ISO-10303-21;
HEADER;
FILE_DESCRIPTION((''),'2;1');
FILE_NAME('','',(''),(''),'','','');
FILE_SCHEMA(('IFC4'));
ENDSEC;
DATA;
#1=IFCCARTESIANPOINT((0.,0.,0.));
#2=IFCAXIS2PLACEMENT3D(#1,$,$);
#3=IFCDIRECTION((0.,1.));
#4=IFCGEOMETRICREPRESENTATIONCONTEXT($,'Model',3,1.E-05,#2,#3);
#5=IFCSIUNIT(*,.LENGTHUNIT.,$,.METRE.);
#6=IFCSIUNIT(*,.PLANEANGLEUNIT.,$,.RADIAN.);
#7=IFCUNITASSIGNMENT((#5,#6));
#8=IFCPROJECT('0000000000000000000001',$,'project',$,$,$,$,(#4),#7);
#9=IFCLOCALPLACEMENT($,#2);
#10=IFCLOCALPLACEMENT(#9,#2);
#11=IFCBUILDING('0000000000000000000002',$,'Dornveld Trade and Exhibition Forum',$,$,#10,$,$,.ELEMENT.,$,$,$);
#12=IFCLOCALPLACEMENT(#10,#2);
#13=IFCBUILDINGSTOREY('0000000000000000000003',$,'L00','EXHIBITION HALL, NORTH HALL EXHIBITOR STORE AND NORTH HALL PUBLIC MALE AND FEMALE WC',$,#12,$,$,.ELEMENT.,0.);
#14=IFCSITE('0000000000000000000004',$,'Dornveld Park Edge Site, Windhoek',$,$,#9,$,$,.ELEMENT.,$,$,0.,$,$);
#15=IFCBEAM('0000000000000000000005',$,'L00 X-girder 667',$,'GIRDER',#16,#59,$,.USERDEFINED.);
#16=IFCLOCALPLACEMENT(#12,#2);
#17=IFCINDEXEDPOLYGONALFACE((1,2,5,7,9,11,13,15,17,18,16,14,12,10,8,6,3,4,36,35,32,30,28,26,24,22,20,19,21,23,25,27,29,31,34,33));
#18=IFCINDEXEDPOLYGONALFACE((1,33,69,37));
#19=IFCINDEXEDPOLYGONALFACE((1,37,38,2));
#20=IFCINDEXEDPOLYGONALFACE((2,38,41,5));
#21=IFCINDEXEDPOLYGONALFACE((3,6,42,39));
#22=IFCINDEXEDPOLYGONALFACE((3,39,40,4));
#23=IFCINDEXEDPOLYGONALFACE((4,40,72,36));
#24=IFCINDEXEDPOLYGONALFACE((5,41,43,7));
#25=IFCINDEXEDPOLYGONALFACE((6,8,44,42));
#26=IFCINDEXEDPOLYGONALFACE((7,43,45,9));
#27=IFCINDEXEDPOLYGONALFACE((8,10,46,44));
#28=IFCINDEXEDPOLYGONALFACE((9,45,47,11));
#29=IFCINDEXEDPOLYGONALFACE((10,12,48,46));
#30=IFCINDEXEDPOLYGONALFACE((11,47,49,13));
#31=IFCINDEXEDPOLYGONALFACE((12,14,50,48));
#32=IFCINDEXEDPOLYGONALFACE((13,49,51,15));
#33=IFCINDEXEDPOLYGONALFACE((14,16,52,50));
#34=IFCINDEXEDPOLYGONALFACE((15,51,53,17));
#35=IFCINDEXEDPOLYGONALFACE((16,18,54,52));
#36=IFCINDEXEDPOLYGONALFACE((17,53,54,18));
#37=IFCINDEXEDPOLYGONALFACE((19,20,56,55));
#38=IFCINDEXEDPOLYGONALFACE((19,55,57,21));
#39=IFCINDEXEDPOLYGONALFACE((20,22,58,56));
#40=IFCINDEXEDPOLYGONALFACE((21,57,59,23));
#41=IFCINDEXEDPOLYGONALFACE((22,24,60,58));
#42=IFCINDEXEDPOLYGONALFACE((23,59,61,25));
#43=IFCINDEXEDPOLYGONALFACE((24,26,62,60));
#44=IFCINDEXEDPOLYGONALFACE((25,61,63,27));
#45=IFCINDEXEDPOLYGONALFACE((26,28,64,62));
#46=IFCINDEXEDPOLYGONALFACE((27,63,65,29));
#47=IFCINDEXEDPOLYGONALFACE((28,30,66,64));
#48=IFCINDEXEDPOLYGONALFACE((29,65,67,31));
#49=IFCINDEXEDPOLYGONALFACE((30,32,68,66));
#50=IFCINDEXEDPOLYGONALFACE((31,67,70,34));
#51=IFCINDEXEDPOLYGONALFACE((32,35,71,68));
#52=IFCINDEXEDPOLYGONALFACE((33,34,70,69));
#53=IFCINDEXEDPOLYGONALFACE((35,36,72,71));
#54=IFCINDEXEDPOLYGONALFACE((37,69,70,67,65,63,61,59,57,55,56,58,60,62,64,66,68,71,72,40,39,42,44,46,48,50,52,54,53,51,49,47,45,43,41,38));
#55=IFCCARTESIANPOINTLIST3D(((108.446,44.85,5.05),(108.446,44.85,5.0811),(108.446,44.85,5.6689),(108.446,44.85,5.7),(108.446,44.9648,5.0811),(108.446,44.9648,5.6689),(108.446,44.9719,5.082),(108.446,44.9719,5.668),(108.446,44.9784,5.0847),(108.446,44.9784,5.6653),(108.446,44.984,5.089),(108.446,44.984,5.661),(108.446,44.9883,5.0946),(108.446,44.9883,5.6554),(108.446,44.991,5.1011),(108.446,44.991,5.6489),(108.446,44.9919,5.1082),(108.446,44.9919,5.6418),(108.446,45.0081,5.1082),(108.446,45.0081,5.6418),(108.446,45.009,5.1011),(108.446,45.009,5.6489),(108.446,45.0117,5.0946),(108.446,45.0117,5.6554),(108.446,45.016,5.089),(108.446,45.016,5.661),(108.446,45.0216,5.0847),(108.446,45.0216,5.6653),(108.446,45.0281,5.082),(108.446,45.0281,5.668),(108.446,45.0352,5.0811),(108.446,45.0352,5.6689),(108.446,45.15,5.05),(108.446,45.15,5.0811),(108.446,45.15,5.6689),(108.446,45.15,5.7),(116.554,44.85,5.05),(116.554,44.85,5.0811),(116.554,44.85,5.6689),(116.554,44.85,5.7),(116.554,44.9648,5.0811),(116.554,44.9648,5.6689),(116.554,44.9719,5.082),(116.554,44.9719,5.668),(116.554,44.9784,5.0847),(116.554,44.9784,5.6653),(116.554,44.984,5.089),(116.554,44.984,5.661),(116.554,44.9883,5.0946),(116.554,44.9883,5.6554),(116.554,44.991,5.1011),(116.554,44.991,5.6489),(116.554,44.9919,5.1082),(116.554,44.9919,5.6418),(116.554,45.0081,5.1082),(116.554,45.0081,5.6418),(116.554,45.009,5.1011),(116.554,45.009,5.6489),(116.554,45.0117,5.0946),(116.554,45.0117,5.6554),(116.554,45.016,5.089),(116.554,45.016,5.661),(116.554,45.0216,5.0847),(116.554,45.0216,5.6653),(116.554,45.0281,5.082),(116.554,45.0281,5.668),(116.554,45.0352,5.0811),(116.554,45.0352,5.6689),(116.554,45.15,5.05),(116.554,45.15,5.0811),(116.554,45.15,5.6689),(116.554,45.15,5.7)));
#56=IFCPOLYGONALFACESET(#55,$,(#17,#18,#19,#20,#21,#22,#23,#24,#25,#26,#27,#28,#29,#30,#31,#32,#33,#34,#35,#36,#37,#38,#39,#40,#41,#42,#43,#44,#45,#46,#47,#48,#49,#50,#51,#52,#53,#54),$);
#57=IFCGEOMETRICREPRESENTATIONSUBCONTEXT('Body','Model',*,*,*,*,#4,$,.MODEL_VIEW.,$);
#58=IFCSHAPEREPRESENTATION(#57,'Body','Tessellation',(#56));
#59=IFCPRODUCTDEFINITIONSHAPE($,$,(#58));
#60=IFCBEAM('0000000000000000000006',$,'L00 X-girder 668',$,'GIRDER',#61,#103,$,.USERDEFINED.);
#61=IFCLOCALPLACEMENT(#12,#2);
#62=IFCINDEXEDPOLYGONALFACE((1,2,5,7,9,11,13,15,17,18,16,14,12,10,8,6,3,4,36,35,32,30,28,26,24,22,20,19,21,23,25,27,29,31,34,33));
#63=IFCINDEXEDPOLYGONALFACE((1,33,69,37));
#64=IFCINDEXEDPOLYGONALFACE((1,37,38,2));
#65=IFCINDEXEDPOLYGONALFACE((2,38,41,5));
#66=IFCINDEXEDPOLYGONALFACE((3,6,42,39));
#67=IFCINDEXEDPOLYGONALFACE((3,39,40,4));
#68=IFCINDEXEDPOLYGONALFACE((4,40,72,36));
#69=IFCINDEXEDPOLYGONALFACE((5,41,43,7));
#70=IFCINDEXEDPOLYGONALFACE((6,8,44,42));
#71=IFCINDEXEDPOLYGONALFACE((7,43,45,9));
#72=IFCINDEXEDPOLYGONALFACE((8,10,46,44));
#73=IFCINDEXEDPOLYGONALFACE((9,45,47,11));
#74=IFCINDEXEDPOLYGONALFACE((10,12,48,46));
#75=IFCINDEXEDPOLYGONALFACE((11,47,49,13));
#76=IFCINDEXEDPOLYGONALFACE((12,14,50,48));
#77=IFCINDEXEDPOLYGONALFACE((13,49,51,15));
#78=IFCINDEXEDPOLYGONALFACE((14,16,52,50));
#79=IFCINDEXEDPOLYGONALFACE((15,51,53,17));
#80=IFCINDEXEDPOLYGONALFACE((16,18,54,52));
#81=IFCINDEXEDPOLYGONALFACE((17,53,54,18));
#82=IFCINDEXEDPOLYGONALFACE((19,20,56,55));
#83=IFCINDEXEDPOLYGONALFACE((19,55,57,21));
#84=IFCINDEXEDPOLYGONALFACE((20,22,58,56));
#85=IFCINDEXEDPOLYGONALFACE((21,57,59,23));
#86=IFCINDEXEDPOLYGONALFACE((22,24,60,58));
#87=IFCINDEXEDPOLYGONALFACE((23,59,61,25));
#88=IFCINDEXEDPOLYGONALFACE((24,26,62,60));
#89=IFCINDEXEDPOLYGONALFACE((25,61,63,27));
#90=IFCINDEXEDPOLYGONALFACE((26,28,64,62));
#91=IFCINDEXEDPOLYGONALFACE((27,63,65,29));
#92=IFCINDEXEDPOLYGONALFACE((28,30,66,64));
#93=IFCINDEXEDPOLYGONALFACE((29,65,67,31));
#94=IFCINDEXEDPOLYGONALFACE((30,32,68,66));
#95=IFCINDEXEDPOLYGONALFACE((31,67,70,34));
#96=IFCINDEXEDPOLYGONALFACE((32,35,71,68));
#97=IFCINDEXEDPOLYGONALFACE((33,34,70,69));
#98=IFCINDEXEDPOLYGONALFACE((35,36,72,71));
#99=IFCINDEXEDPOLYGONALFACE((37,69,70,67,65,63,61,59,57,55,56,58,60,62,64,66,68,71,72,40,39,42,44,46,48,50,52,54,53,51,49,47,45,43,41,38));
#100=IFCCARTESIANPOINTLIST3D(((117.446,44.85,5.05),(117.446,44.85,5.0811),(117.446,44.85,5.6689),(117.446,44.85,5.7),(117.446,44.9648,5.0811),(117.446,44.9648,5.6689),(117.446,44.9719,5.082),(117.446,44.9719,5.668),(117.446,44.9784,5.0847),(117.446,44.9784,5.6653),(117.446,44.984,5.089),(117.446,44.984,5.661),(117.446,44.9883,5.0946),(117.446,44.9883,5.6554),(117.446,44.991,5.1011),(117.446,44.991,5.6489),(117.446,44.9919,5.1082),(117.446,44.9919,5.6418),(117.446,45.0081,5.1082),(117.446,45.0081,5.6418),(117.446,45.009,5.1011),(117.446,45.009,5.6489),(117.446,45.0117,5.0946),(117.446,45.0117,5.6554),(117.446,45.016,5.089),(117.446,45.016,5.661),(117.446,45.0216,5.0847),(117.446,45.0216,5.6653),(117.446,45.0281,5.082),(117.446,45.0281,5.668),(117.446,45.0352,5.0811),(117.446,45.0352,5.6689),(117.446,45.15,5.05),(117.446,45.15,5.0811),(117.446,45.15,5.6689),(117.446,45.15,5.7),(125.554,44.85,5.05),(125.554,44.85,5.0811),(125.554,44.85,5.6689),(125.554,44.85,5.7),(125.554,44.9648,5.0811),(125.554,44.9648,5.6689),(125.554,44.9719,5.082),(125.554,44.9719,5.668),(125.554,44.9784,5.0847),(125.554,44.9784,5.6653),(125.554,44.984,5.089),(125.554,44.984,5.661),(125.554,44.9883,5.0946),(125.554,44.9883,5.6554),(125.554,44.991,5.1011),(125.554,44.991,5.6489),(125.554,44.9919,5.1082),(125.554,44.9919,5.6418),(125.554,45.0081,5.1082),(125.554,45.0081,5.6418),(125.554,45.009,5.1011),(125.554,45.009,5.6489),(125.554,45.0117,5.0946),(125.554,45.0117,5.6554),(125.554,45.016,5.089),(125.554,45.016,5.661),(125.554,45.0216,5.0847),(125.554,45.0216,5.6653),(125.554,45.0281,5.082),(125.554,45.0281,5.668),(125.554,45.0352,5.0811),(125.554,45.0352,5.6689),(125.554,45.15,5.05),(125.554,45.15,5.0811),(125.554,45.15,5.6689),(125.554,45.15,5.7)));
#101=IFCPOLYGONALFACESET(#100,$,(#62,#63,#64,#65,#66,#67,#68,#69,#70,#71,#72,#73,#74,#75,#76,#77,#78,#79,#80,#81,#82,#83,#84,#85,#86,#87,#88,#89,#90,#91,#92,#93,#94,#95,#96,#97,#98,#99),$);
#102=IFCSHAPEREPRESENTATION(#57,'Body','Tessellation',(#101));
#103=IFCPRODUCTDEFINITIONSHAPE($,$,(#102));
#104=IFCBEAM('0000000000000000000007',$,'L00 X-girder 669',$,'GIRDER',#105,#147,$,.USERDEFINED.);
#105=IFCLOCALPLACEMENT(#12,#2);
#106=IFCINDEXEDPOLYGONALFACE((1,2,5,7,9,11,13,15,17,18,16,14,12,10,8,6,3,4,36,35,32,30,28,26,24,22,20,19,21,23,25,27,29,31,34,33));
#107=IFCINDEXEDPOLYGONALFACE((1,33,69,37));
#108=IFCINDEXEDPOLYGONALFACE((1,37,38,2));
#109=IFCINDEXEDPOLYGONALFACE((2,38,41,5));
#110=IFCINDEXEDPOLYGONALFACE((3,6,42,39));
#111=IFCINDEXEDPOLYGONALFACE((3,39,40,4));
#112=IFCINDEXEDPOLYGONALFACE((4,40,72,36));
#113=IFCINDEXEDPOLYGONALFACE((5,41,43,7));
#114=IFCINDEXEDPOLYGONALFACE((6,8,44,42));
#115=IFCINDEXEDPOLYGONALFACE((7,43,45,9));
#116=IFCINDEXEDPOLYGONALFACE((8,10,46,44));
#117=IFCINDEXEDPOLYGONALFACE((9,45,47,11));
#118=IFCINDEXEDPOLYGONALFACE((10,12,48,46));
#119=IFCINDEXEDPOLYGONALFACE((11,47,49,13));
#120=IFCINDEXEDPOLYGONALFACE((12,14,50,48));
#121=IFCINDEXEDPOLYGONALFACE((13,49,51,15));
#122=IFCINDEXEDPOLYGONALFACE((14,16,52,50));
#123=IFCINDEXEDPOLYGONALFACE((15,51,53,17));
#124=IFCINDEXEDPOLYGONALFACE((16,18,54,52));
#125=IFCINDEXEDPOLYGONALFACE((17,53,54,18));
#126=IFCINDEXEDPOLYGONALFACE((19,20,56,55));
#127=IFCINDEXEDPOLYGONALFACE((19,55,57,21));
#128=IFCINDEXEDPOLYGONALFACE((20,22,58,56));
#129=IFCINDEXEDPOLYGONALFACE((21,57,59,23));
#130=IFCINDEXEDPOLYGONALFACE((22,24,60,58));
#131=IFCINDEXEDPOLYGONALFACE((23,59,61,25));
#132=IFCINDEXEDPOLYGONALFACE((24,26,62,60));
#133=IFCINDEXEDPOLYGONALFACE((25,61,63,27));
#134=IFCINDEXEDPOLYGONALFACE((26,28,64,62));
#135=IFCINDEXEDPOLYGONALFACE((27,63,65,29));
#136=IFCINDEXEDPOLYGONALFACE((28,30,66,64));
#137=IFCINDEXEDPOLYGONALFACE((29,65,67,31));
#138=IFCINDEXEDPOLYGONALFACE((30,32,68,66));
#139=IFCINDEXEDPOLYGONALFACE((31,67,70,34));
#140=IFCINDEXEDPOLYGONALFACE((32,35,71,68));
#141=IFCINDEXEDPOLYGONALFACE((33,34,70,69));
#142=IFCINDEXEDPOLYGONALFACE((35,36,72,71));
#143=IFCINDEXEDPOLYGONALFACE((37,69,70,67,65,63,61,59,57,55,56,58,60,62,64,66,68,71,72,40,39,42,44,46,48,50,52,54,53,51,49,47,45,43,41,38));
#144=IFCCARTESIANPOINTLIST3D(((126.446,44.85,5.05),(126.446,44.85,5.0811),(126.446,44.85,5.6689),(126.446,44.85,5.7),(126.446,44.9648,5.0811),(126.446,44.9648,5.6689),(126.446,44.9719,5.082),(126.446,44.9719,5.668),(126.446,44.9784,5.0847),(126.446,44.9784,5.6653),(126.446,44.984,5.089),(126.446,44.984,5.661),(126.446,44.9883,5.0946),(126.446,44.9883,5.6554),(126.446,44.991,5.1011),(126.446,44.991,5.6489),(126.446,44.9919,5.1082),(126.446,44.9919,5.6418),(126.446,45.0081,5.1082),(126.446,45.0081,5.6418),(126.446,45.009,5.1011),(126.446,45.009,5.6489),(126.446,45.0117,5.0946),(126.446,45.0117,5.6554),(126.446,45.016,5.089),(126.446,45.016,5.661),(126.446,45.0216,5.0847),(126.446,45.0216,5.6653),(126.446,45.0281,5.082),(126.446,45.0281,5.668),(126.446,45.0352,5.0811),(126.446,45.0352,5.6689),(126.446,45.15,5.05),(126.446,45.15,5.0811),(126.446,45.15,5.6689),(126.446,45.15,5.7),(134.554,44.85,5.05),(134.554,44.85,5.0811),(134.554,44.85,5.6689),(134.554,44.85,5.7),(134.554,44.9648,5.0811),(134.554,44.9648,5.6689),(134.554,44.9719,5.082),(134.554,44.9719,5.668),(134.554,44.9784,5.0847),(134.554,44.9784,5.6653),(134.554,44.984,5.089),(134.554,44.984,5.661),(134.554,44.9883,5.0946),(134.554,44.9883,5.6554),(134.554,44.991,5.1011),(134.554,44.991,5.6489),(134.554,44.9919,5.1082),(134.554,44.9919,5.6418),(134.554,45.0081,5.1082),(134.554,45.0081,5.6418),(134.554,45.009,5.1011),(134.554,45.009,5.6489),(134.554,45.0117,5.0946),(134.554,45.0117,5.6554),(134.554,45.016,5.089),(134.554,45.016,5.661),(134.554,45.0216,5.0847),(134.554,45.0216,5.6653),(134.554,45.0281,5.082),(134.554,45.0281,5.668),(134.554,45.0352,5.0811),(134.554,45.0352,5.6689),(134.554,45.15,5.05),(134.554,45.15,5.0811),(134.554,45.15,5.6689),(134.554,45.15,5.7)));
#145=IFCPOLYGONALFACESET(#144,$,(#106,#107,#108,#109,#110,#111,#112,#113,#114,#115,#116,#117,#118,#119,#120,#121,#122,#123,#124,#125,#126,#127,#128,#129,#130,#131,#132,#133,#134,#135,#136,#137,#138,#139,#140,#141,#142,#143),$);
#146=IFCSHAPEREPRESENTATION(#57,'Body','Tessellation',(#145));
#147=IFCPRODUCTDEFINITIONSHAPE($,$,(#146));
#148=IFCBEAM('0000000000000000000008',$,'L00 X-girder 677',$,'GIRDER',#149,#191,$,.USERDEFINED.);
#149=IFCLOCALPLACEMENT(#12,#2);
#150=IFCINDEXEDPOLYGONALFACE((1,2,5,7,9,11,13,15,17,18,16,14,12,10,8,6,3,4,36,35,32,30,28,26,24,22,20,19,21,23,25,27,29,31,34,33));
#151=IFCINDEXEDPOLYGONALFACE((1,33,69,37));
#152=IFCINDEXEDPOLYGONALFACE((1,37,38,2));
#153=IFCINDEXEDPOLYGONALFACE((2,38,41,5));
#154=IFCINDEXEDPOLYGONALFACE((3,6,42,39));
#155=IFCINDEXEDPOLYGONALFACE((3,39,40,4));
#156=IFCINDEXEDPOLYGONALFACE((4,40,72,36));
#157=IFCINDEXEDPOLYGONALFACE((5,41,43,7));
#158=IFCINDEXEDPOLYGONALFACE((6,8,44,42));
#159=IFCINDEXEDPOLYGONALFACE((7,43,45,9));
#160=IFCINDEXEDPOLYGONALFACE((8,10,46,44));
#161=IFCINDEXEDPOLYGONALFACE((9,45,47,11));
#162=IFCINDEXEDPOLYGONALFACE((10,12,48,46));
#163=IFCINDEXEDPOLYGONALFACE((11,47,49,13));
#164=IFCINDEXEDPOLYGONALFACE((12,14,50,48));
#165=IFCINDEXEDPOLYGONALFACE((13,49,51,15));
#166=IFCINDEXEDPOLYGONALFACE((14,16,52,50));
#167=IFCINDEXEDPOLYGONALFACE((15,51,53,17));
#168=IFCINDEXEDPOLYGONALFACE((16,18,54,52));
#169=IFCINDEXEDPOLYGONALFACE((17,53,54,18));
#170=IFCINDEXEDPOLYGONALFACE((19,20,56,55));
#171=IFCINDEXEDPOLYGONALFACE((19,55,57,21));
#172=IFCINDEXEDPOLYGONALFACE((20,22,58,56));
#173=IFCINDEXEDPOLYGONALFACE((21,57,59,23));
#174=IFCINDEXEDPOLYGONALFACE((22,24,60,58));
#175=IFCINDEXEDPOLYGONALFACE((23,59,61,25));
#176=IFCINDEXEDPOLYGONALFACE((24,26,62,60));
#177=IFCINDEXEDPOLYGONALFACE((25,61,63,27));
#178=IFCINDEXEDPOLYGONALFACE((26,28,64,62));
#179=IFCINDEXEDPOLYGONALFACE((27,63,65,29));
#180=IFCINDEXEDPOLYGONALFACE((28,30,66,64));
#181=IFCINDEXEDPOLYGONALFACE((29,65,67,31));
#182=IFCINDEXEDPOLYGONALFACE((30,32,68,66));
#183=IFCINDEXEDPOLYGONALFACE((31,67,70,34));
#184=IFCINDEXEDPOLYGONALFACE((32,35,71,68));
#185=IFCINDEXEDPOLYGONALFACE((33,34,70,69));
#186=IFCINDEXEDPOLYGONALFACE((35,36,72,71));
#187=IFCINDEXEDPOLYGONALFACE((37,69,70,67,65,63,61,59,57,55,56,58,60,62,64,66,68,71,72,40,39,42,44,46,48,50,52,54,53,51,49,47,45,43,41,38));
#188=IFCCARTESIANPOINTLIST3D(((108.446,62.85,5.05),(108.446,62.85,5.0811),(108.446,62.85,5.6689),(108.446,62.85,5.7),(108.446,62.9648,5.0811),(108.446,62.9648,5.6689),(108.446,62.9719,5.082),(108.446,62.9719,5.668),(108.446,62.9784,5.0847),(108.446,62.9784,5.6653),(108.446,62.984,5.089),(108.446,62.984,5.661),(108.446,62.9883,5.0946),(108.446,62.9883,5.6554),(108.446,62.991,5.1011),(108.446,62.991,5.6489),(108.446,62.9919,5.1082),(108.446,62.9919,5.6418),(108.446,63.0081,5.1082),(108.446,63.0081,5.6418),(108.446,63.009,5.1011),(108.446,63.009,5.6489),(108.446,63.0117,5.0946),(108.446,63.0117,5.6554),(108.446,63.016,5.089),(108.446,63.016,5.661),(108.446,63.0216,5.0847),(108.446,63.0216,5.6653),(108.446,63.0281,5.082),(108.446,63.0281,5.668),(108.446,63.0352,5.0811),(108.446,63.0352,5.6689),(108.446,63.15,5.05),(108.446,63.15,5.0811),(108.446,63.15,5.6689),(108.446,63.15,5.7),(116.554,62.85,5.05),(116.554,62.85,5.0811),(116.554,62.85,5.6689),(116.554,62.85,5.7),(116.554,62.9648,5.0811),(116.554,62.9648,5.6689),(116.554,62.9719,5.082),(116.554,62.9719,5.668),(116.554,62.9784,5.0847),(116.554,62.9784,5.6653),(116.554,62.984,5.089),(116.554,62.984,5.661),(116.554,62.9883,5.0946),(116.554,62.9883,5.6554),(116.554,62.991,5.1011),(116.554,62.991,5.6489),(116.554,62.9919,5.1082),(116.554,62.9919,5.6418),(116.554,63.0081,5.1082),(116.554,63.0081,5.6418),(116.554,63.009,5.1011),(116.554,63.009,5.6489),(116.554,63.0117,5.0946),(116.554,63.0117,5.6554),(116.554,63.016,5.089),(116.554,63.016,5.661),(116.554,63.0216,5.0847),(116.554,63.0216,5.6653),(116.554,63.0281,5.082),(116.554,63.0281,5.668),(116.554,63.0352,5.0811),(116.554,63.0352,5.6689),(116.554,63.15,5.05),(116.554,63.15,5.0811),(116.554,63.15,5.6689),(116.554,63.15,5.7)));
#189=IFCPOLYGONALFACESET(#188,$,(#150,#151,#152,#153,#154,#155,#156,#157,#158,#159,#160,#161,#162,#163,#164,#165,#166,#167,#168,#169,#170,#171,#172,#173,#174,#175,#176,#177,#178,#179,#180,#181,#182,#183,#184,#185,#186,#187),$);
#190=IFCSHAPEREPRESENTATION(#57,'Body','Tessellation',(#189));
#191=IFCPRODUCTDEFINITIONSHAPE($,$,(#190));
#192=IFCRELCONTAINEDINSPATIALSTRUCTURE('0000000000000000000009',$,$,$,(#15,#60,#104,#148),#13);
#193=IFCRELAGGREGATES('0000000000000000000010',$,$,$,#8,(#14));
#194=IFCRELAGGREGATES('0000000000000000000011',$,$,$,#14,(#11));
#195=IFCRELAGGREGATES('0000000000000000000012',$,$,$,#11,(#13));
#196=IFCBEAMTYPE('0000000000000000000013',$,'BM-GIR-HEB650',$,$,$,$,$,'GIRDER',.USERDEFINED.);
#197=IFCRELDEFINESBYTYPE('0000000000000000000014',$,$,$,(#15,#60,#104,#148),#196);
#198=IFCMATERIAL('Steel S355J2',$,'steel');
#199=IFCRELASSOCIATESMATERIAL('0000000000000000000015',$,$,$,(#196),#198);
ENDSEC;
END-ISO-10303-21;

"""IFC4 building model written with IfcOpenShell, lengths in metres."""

from ifc_helpers import new_model, si_unit, direction, frame, origin, origin_2d, place, context, subcontext, project, spatial, i_section, extrude, material, material_profile, profile_set, type_object, element, save


model = new_model("IFC4")

# Units and contexts
model_context = context("Model", 3, precision=1e-05, world=origin(), true_north=direction((0.0, 1.0)))
body_context = subcontext(model_context, "Body", "Model", "MODEL_VIEW")
ifc_project = project(units=[si_unit("LENGTHUNIT", "METRE"), si_unit("PLANEANGLEUNIT", "RADIAN")], contexts=[model_context])

# Site, building, storey
site_placement = place(None, origin())
site = spatial("IfcSite", under=ifc_project, at=site_placement, Name="Dornveld Park Edge Site, Windhoek", CompositionType="ELEMENT", RefElevation=0.0)
building_placement = place(site_placement, origin())
building = spatial("IfcBuilding", under=site, at=building_placement, Name="Dornveld Trade and Exhibition Forum", CompositionType="ELEMENT")
storey_placement = place(building_placement, origin())
storey = spatial("IfcBuildingStorey", under=building, at=storey_placement, Name="L00", Description="EXHIBITION HALL, NORTH HALL EXHIBITOR STORE AND NORTH HALL PUBLIC MALE AND FEMALE WC", CompositionType="ELEMENT", Elevation=0.0)

# Beams
ifc_material_1 = material(Name="Steel S355J2", Category="steel")
ifc_material_profile_1 = material_profile(ifc_material_1, i_section(OverallWidth=0.3, OverallDepth=0.6499, WebThickness=0.0161, FlangeThickness=0.031, FilletRadius=0.0271, at=origin_2d()), Name="HEB 650")
ifc_profile_set_1 = profile_set([ifc_material_profile_1], Name="Steel S355J2")
beam_type_1 = type_object("IfcBeamType", Name="BM-GIR-HEB650", ElementType="GIRDER", PredefinedType="USERDEFINED", material=ifc_profile_set_1)
for number, where, z_axis, x_axis, name in (
    (1, (108.446, 45.0, 5.375), (1.0, 0.0, 0.0), (0.0, 1.0, 0.0), "L00 X-girder 667"),
    (2, (117.446, 45.0, 5.375), (1.0, 0.0, 0.0), (0.0, 1.0, 0.0), "L00 X-girder 668"),
    (3, (126.446, 45.0, 5.375), (1.0, 0.0, 0.0), (0.0, 1.0, 0.0), "L00 X-girder 669"),
    (4, (108.446, 63.0, 5.375), (1.0, 0.0, 0.0), (0.0, 1.0, 0.0), "L00 X-girder 677"),
):
    element("IfcBeam", number, at=place(storey_placement, frame(where, z_axis=z_axis, x_axis=x_axis)), inside=storey, type_object=beam_type_1, Name=name, ObjectType="GIRDER", PredefinedType="USERDEFINED", context=body_context, shape_type="SweptSolid", body=[
        extrude(i_section(OverallWidth=0.3, OverallDepth=0.6499, WebThickness=0.0161, FlangeThickness=0.031, FilletRadius=0.0271, at=origin_2d()), origin(), (0.0, 0.0, 1.0), 8.1079),
    ])

save(model, "model.ifc")
